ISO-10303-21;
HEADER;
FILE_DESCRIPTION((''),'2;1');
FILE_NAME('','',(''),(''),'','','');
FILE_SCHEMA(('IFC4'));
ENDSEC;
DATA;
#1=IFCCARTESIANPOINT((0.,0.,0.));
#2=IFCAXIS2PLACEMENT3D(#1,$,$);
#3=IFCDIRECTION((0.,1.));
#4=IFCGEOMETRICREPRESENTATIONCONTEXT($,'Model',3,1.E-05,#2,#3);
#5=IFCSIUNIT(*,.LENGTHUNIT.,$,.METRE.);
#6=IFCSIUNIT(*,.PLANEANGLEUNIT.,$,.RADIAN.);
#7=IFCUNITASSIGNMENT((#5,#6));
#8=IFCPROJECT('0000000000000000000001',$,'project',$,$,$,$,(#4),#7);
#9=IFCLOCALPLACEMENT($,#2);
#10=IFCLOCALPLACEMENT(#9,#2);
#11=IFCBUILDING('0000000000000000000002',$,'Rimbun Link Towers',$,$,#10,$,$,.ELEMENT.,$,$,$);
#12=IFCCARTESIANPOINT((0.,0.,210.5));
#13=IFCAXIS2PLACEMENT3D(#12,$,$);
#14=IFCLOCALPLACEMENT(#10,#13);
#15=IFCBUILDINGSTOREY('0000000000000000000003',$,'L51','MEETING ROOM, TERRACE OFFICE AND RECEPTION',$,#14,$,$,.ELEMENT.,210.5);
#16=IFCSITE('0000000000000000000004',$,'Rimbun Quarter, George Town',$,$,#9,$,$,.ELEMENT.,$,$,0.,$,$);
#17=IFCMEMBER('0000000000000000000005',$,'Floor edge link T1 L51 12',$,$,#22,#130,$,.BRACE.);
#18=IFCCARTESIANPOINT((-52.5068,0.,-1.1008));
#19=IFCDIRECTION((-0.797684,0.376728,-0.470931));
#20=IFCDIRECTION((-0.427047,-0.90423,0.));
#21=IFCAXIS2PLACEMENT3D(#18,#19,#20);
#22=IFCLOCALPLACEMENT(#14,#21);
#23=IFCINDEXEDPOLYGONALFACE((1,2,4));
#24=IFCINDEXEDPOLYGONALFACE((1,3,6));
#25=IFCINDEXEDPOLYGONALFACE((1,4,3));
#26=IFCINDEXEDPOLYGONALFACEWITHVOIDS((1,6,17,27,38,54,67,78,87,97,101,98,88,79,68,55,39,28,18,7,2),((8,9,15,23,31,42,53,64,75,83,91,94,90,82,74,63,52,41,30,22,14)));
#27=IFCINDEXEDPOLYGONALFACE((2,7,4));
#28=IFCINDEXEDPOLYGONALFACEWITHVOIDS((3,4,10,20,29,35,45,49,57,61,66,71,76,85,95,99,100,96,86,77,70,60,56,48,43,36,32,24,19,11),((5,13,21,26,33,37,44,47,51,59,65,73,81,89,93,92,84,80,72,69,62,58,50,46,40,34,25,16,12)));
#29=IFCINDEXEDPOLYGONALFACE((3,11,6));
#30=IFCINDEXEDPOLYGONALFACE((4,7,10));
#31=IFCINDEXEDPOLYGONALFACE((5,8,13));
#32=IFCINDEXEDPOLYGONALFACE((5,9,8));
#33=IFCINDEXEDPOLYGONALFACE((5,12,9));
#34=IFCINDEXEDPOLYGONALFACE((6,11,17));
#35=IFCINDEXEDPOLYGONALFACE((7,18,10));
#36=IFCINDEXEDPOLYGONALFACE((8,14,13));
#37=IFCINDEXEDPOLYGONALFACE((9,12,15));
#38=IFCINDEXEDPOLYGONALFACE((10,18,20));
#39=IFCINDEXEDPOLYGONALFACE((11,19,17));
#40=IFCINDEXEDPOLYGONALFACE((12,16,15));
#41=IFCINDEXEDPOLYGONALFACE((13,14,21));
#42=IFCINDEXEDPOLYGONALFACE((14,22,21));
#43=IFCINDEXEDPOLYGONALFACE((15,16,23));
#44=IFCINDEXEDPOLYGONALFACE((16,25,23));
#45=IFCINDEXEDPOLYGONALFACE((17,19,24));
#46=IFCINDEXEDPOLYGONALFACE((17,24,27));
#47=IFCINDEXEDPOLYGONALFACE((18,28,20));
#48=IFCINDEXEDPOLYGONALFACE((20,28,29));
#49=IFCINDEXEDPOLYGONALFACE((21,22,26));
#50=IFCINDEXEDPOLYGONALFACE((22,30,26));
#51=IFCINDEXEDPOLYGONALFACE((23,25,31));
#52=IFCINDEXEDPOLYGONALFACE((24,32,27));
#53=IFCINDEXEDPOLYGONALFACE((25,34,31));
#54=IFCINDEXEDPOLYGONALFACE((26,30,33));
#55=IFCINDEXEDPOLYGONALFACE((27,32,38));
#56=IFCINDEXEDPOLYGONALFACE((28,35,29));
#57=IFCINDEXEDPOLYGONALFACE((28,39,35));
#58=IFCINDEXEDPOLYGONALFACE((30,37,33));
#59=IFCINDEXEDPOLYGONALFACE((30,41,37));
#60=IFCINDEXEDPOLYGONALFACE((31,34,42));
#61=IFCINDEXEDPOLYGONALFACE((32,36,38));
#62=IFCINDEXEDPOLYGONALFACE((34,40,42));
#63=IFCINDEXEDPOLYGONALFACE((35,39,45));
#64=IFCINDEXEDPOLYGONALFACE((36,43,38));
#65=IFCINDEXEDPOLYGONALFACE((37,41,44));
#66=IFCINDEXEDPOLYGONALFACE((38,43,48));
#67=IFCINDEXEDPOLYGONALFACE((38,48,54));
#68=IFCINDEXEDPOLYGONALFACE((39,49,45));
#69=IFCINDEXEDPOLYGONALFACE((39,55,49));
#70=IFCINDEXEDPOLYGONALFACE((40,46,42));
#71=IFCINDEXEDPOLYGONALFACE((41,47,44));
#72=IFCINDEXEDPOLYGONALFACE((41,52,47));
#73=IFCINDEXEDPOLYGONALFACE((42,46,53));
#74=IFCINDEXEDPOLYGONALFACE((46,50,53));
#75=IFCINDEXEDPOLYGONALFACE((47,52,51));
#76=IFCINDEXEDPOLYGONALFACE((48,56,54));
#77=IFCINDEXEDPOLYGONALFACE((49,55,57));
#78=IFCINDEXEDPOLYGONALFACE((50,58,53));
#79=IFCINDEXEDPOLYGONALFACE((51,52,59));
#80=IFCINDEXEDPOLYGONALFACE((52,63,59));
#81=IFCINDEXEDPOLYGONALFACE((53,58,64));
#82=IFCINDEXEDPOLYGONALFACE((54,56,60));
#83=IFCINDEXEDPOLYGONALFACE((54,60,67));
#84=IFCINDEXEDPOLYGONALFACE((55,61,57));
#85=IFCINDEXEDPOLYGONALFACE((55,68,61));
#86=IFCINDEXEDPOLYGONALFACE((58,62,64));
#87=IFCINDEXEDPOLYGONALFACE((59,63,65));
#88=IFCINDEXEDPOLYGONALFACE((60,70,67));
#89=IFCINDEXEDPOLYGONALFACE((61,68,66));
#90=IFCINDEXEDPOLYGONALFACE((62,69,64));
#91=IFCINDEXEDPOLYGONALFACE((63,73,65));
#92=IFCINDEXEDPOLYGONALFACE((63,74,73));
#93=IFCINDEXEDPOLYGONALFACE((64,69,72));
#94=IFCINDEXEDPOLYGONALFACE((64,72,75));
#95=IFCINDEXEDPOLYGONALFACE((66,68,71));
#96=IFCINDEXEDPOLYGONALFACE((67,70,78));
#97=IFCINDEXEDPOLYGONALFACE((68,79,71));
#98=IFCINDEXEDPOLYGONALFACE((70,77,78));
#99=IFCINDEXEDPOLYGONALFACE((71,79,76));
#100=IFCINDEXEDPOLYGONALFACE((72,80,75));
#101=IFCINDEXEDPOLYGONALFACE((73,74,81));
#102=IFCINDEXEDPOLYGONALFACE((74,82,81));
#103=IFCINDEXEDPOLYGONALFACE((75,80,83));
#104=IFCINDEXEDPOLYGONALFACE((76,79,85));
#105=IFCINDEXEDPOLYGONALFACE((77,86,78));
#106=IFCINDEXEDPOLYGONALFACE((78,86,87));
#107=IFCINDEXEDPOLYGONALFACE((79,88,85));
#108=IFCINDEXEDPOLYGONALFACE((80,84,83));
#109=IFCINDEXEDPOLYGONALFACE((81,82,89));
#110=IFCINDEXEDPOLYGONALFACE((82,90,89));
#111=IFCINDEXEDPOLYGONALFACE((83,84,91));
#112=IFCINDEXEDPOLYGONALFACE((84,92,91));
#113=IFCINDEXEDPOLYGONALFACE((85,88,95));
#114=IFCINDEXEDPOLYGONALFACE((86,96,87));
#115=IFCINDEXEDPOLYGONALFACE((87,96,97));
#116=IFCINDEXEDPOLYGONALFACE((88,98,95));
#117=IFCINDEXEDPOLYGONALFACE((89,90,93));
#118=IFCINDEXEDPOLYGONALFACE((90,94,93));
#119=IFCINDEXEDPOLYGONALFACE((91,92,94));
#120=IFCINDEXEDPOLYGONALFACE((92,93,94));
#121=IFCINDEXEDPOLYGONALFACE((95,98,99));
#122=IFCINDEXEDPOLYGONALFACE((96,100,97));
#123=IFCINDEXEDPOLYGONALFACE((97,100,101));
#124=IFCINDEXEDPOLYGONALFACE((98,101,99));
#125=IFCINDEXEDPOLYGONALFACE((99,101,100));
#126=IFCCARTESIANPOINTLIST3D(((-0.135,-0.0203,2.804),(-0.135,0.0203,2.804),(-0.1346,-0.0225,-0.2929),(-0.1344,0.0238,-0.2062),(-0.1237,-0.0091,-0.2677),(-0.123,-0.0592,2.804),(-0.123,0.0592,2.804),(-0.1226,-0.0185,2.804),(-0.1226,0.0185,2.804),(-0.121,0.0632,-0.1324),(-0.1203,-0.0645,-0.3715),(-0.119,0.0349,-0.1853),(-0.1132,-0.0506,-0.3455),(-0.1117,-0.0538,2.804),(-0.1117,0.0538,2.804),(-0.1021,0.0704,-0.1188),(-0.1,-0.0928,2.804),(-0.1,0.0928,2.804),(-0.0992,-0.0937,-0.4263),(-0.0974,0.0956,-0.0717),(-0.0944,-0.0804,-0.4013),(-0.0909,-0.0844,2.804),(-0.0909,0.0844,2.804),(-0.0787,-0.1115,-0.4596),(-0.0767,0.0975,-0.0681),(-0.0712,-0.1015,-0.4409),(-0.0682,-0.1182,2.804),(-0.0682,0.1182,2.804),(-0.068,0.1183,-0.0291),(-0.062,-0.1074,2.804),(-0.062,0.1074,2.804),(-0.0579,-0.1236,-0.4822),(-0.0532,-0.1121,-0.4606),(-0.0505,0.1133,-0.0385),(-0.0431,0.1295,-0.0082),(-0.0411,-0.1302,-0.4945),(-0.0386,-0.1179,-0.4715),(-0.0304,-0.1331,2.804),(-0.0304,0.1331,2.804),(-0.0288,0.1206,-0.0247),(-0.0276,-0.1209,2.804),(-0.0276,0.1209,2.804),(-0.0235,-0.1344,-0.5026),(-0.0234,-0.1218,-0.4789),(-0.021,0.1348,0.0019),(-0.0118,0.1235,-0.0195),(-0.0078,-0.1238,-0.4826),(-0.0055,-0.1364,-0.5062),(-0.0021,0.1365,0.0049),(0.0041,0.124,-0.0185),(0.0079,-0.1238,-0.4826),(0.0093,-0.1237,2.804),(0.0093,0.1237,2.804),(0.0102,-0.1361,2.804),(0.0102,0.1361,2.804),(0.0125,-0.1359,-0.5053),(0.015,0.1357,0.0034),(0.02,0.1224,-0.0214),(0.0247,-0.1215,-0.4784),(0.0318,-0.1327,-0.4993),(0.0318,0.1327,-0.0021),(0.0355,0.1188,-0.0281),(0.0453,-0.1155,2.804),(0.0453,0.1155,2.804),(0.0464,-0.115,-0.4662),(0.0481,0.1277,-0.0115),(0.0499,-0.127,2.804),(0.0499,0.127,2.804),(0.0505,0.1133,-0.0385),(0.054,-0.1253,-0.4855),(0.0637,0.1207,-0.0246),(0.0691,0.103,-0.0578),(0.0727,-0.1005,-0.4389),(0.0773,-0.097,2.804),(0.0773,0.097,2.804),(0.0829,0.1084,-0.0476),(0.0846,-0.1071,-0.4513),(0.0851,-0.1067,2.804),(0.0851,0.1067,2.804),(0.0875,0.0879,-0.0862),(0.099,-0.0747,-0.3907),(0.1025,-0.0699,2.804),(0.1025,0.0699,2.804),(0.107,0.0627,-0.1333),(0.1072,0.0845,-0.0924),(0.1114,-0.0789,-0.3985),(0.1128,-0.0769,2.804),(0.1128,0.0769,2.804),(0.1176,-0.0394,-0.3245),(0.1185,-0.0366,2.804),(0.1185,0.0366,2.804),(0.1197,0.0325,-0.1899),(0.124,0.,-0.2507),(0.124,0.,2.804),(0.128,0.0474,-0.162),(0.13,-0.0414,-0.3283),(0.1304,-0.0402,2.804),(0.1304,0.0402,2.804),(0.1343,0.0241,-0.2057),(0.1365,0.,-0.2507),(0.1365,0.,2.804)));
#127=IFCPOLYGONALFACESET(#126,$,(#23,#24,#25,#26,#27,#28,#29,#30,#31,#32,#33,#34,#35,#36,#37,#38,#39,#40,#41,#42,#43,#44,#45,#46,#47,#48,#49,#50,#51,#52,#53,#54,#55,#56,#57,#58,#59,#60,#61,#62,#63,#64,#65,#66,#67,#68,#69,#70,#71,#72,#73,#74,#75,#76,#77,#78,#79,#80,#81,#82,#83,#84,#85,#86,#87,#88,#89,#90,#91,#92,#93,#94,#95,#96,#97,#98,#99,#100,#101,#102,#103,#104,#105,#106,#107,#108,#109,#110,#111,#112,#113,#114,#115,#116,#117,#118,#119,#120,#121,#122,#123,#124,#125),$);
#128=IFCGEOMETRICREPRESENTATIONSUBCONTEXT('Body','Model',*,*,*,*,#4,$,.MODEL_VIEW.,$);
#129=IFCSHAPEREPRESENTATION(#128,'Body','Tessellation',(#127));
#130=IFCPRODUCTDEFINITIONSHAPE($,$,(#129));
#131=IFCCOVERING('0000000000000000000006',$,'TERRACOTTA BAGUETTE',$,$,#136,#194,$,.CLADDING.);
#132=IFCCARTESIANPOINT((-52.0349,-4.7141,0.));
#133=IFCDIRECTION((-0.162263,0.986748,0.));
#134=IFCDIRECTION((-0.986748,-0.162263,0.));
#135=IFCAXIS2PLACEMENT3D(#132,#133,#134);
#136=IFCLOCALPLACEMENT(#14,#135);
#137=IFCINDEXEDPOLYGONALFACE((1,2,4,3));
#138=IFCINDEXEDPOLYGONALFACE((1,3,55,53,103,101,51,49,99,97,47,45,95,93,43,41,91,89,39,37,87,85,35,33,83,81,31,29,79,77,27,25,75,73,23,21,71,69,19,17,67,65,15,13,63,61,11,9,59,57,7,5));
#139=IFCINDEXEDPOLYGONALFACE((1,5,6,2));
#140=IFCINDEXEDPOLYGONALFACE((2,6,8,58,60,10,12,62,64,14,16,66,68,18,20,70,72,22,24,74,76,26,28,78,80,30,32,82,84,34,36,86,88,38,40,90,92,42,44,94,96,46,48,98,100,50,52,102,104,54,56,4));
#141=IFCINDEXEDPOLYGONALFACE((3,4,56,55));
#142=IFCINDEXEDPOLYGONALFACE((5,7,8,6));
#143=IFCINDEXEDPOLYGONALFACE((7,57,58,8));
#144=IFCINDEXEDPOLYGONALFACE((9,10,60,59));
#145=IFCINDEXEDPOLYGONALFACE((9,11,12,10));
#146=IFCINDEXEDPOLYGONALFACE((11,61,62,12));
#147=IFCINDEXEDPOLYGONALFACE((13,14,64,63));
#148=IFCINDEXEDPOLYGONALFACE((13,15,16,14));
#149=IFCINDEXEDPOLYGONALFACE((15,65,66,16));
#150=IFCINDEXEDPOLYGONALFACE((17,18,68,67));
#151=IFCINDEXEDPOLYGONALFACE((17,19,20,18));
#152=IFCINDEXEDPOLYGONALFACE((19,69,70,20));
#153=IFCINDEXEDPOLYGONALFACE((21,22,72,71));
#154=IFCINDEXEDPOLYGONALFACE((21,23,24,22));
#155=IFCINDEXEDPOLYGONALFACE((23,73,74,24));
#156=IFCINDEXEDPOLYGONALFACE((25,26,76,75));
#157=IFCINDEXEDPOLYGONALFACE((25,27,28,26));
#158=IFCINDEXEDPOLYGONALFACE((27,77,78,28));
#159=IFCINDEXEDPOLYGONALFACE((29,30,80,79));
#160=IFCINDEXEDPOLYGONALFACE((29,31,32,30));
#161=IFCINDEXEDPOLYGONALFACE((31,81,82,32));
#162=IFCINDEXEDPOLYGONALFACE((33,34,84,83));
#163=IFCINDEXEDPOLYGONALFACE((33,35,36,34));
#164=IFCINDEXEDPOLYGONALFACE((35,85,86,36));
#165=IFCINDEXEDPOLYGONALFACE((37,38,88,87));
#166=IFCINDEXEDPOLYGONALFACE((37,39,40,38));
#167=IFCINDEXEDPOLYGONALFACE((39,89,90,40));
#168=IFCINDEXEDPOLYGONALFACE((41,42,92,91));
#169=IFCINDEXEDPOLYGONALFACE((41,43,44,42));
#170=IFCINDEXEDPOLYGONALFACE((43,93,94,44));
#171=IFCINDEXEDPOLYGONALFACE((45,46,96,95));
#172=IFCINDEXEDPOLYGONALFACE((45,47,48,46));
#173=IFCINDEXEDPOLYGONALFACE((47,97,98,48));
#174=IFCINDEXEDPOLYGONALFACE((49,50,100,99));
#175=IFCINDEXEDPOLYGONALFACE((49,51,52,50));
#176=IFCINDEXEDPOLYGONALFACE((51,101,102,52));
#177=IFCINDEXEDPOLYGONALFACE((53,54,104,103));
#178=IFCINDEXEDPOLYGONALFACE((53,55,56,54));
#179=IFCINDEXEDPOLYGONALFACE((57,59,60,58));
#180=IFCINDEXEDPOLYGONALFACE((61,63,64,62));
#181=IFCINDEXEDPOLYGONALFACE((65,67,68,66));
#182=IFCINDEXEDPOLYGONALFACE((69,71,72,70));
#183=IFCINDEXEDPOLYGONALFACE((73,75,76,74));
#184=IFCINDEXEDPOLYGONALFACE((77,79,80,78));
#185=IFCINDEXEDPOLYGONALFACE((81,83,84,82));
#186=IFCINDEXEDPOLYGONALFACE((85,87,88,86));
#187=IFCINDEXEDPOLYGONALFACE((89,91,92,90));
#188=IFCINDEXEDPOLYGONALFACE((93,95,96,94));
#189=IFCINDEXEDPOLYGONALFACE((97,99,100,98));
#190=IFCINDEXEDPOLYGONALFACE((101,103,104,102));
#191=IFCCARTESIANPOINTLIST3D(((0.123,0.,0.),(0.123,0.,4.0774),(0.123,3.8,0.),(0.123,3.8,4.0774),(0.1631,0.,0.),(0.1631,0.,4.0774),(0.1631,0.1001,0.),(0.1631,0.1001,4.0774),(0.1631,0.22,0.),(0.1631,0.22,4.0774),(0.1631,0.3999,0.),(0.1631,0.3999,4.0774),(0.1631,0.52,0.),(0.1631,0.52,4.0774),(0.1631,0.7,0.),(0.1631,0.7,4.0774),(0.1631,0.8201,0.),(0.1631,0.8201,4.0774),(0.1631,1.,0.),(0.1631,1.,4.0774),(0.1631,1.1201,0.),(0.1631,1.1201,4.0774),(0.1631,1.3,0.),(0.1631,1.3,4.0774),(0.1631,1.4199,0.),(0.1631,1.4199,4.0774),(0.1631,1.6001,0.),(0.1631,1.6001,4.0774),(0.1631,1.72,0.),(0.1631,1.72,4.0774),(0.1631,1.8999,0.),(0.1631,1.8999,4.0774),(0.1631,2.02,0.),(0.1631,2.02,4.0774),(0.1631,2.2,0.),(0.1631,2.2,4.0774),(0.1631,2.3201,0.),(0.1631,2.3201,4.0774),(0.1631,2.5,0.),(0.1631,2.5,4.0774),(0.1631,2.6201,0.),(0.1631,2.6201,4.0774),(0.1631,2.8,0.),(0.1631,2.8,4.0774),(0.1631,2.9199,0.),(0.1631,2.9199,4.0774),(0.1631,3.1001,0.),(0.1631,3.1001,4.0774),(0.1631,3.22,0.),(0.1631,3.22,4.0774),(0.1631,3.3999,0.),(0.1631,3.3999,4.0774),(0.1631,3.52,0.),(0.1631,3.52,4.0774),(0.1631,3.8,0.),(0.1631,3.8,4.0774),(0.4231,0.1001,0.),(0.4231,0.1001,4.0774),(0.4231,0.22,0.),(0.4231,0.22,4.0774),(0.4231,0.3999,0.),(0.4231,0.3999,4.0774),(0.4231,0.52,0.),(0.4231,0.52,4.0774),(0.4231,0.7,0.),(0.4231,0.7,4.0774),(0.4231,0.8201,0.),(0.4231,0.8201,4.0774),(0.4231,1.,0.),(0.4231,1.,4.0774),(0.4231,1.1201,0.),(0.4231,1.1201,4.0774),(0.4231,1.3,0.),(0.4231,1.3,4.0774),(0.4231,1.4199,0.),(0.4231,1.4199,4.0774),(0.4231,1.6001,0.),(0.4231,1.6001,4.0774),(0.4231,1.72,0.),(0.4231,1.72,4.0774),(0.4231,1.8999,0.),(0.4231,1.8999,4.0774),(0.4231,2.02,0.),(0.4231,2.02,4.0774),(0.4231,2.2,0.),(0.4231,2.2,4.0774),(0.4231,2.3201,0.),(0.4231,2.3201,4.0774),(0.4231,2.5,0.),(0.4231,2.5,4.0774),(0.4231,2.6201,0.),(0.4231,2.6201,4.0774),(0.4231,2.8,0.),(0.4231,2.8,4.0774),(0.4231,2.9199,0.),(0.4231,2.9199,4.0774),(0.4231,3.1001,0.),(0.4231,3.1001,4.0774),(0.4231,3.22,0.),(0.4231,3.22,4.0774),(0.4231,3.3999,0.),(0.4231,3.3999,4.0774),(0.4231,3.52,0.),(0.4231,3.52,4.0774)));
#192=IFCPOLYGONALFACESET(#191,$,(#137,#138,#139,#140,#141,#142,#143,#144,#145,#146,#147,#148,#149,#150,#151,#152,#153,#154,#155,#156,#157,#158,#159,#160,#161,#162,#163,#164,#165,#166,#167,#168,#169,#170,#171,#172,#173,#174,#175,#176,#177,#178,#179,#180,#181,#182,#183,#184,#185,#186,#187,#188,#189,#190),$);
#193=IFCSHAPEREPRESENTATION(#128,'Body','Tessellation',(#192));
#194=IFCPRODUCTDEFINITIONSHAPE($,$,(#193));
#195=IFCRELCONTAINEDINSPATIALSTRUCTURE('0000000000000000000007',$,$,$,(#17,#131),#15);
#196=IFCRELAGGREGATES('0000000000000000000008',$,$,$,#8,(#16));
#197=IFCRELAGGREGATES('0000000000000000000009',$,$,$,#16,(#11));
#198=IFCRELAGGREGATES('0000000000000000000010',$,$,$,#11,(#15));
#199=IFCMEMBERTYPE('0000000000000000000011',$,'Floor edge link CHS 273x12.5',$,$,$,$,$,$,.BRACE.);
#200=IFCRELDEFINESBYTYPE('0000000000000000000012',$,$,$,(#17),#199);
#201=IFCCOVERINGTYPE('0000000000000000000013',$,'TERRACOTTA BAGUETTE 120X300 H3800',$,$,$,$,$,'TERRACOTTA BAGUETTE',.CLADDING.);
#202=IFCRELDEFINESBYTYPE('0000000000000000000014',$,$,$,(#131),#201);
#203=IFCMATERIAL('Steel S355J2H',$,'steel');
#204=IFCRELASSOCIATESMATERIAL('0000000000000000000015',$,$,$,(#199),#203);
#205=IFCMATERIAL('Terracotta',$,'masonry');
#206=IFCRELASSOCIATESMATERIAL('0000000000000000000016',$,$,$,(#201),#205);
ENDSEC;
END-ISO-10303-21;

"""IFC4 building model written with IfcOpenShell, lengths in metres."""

from ifc_helpers import new_model, si_unit, direction, frame, origin, origin_2d, place, context, subcontext, project, spatial, polyline, hollow_circle, outline, extrude, clip, halfspace, material, material_profile, profile_set, type_object, element, save


model = new_model("IFC4")

# Units and contexts
model_context = context("Model", 3, precision=1e-05, world=origin(), true_north=direction((0.0, 1.0)))
body_context = subcontext(model_context, "Body", "Model", "MODEL_VIEW")
ifc_project = project(units=[si_unit("LENGTHUNIT", "METRE"), si_unit("PLANEANGLEUNIT", "RADIAN")], contexts=[model_context])

# Site, building, storey
site_placement = place(None, origin())
site = spatial("IfcSite", under=ifc_project, at=site_placement, Name="Rimbun Quarter, George Town", CompositionType="ELEMENT", RefElevation=0.0)
building_placement = place(site_placement, origin())
building = spatial("IfcBuilding", under=site, at=building_placement, Name="Rimbun Link Towers", CompositionType="ELEMENT")
storey_placement = place(building_placement, frame((0.0, 0.0, 210.5)))
storey = spatial("IfcBuildingStorey", under=building, at=storey_placement, Name="L51", Description="MEETING ROOM, TERRACE OFFICE AND RECEPTION", CompositionType="ELEMENT", Elevation=210.5)

# Member
ifc_material_1 = material(Name="Steel S355J2H", Category="steel")
ifc_material_profile_1 = material_profile(ifc_material_1, hollow_circle(Radius=0.1365, WallThickness=0.0125, at=origin_2d()), Name="CHS 273x12.5")
ifc_profile_set_1 = profile_set([ifc_material_profile_1], Name="Steel S355J2H")
member_type_1 = type_object("IfcMemberType", Name="Floor edge link CHS 273x12.5", PredefinedType="BRACE", material=ifc_profile_set_1)
member_1_placement = place(storey_placement, frame((-52.5068, 0.0, -1.1008), z_axis=(-0.797684, 0.376728, -0.470931), x_axis=(-0.427047, -0.90423, 0.0)))
element("IfcMember", 1, at=member_1_placement, inside=storey, type_object=member_type_1, Name="Floor edge link T1 L51 12", PredefinedType="BRACE", context=body_context, shape_type="Clipping", body=[
    clip(extrude(hollow_circle(Radius=0.1365, WallThickness=0.0125, at=origin_2d()), frame((0.0, 0.0, -0.5327)), (0.0, 0.0, 1.0), 3.3367), halfspace(frame((0.0, 0.0, -0.2507), z_axis=(0.0, 0.88217, -0.470931)), False)),
])

# Covering
ifc_material_2 = material(Name="Terracotta", Category="masonry")
ifc_material_profile_2 = material_profile(ifc_material_2, outline(polyline([(0.123, 0.0), (0.1631, 0.0), (0.1631, 0.1001), (0.4231, 0.1001), (0.4231, 0.22), (0.1631, 0.22), (0.1631, 0.3999), (0.4231, 0.3999), (0.4231, 0.52), (0.1631, 0.52), (0.1631, 0.7), (0.4231, 0.7), (0.4231, 0.8201), (0.1631, 0.8201), (0.1631, 1.0), (0.4231, 1.0), (0.4231, 1.1201), (0.1631, 1.1201), (0.1631, 1.3), (0.4231, 1.3), (0.4231, 1.4199), (0.1631, 1.4199), (0.1631, 1.6001), (0.4231, 1.6001), (0.4231, 1.72), (0.1631, 1.72), (0.1631, 1.8999), (0.4231, 1.8999), (0.4231, 2.02), (0.1631, 2.02), (0.1631, 2.2), (0.4231, 2.2), (0.4231, 2.3201), (0.1631, 2.3201), (0.1631, 2.5), (0.4231, 2.5), (0.4231, 2.6201), (0.1631, 2.6201), (0.1631, 2.8), (0.4231, 2.8), (0.4231, 2.9199), (0.1631, 2.9199), (0.1631, 3.1001), (0.4231, 3.1001), (0.4231, 3.22), (0.1631, 3.22), (0.1631, 3.3999), (0.4231, 3.3999), (0.4231, 3.52), (0.1631, 3.52), (0.1631, 3.8), (0.123, 3.8), (0.123, 0.0)])), Name="BAGUETTE 120X300")
ifc_profile_set_2 = profile_set([ifc_material_profile_2], Name="Terracotta")
covering_type = type_object("IfcCoveringType", Name="TERRACOTTA BAGUETTE 120X300 H3800", ElementType="TERRACOTTA BAGUETTE", PredefinedType="CLADDING", material=ifc_profile_set_2)
covering_placement = place(storey_placement, frame((-52.0349, -4.7141, 0.0), z_axis=(-0.162263, 0.986748, 0.0), x_axis=(-0.986748, -0.162263, 0.0)))
element("IfcCovering", 2, at=covering_placement, inside=storey, type_object=covering_type, Name="TERRACOTTA BAGUETTE", PredefinedType="CLADDING", context=body_context, shape_type="SweptSolid", body=[
    extrude(outline(polyline([(0.123, 0.0), (0.1631, 0.0), (0.1631, 0.1001), (0.4231, 0.1001), (0.4231, 0.22), (0.1631, 0.22), (0.1631, 0.3999), (0.4231, 0.3999), (0.4231, 0.52), (0.1631, 0.52), (0.1631, 0.7), (0.4231, 0.7), (0.4231, 0.8201), (0.1631, 0.8201), (0.1631, 1.0), (0.4231, 1.0), (0.4231, 1.1201), (0.1631, 1.1201), (0.1631, 1.3), (0.4231, 1.3), (0.4231, 1.4199), (0.1631, 1.4199), (0.1631, 1.6001), (0.4231, 1.6001), (0.4231, 1.72), (0.1631, 1.72), (0.1631, 1.8999), (0.4231, 1.8999), (0.4231, 2.02), (0.1631, 2.02), (0.1631, 2.2), (0.4231, 2.2), (0.4231, 2.3201), (0.1631, 2.3201), (0.1631, 2.5), (0.4231, 2.5), (0.4231, 2.6201), (0.1631, 2.6201), (0.1631, 2.8), (0.4231, 2.8), (0.4231, 2.9199), (0.1631, 2.9199), (0.1631, 3.1001), (0.4231, 3.1001), (0.4231, 3.22), (0.1631, 3.22), (0.1631, 3.3999), (0.4231, 3.3999), (0.4231, 3.52), (0.1631, 3.52), (0.1631, 3.8), (0.123, 3.8), (0.123, 0.0)])), origin(), (0.0, 0.0, 1.0), 4.0774),
])

save(model, "model.ifc")
